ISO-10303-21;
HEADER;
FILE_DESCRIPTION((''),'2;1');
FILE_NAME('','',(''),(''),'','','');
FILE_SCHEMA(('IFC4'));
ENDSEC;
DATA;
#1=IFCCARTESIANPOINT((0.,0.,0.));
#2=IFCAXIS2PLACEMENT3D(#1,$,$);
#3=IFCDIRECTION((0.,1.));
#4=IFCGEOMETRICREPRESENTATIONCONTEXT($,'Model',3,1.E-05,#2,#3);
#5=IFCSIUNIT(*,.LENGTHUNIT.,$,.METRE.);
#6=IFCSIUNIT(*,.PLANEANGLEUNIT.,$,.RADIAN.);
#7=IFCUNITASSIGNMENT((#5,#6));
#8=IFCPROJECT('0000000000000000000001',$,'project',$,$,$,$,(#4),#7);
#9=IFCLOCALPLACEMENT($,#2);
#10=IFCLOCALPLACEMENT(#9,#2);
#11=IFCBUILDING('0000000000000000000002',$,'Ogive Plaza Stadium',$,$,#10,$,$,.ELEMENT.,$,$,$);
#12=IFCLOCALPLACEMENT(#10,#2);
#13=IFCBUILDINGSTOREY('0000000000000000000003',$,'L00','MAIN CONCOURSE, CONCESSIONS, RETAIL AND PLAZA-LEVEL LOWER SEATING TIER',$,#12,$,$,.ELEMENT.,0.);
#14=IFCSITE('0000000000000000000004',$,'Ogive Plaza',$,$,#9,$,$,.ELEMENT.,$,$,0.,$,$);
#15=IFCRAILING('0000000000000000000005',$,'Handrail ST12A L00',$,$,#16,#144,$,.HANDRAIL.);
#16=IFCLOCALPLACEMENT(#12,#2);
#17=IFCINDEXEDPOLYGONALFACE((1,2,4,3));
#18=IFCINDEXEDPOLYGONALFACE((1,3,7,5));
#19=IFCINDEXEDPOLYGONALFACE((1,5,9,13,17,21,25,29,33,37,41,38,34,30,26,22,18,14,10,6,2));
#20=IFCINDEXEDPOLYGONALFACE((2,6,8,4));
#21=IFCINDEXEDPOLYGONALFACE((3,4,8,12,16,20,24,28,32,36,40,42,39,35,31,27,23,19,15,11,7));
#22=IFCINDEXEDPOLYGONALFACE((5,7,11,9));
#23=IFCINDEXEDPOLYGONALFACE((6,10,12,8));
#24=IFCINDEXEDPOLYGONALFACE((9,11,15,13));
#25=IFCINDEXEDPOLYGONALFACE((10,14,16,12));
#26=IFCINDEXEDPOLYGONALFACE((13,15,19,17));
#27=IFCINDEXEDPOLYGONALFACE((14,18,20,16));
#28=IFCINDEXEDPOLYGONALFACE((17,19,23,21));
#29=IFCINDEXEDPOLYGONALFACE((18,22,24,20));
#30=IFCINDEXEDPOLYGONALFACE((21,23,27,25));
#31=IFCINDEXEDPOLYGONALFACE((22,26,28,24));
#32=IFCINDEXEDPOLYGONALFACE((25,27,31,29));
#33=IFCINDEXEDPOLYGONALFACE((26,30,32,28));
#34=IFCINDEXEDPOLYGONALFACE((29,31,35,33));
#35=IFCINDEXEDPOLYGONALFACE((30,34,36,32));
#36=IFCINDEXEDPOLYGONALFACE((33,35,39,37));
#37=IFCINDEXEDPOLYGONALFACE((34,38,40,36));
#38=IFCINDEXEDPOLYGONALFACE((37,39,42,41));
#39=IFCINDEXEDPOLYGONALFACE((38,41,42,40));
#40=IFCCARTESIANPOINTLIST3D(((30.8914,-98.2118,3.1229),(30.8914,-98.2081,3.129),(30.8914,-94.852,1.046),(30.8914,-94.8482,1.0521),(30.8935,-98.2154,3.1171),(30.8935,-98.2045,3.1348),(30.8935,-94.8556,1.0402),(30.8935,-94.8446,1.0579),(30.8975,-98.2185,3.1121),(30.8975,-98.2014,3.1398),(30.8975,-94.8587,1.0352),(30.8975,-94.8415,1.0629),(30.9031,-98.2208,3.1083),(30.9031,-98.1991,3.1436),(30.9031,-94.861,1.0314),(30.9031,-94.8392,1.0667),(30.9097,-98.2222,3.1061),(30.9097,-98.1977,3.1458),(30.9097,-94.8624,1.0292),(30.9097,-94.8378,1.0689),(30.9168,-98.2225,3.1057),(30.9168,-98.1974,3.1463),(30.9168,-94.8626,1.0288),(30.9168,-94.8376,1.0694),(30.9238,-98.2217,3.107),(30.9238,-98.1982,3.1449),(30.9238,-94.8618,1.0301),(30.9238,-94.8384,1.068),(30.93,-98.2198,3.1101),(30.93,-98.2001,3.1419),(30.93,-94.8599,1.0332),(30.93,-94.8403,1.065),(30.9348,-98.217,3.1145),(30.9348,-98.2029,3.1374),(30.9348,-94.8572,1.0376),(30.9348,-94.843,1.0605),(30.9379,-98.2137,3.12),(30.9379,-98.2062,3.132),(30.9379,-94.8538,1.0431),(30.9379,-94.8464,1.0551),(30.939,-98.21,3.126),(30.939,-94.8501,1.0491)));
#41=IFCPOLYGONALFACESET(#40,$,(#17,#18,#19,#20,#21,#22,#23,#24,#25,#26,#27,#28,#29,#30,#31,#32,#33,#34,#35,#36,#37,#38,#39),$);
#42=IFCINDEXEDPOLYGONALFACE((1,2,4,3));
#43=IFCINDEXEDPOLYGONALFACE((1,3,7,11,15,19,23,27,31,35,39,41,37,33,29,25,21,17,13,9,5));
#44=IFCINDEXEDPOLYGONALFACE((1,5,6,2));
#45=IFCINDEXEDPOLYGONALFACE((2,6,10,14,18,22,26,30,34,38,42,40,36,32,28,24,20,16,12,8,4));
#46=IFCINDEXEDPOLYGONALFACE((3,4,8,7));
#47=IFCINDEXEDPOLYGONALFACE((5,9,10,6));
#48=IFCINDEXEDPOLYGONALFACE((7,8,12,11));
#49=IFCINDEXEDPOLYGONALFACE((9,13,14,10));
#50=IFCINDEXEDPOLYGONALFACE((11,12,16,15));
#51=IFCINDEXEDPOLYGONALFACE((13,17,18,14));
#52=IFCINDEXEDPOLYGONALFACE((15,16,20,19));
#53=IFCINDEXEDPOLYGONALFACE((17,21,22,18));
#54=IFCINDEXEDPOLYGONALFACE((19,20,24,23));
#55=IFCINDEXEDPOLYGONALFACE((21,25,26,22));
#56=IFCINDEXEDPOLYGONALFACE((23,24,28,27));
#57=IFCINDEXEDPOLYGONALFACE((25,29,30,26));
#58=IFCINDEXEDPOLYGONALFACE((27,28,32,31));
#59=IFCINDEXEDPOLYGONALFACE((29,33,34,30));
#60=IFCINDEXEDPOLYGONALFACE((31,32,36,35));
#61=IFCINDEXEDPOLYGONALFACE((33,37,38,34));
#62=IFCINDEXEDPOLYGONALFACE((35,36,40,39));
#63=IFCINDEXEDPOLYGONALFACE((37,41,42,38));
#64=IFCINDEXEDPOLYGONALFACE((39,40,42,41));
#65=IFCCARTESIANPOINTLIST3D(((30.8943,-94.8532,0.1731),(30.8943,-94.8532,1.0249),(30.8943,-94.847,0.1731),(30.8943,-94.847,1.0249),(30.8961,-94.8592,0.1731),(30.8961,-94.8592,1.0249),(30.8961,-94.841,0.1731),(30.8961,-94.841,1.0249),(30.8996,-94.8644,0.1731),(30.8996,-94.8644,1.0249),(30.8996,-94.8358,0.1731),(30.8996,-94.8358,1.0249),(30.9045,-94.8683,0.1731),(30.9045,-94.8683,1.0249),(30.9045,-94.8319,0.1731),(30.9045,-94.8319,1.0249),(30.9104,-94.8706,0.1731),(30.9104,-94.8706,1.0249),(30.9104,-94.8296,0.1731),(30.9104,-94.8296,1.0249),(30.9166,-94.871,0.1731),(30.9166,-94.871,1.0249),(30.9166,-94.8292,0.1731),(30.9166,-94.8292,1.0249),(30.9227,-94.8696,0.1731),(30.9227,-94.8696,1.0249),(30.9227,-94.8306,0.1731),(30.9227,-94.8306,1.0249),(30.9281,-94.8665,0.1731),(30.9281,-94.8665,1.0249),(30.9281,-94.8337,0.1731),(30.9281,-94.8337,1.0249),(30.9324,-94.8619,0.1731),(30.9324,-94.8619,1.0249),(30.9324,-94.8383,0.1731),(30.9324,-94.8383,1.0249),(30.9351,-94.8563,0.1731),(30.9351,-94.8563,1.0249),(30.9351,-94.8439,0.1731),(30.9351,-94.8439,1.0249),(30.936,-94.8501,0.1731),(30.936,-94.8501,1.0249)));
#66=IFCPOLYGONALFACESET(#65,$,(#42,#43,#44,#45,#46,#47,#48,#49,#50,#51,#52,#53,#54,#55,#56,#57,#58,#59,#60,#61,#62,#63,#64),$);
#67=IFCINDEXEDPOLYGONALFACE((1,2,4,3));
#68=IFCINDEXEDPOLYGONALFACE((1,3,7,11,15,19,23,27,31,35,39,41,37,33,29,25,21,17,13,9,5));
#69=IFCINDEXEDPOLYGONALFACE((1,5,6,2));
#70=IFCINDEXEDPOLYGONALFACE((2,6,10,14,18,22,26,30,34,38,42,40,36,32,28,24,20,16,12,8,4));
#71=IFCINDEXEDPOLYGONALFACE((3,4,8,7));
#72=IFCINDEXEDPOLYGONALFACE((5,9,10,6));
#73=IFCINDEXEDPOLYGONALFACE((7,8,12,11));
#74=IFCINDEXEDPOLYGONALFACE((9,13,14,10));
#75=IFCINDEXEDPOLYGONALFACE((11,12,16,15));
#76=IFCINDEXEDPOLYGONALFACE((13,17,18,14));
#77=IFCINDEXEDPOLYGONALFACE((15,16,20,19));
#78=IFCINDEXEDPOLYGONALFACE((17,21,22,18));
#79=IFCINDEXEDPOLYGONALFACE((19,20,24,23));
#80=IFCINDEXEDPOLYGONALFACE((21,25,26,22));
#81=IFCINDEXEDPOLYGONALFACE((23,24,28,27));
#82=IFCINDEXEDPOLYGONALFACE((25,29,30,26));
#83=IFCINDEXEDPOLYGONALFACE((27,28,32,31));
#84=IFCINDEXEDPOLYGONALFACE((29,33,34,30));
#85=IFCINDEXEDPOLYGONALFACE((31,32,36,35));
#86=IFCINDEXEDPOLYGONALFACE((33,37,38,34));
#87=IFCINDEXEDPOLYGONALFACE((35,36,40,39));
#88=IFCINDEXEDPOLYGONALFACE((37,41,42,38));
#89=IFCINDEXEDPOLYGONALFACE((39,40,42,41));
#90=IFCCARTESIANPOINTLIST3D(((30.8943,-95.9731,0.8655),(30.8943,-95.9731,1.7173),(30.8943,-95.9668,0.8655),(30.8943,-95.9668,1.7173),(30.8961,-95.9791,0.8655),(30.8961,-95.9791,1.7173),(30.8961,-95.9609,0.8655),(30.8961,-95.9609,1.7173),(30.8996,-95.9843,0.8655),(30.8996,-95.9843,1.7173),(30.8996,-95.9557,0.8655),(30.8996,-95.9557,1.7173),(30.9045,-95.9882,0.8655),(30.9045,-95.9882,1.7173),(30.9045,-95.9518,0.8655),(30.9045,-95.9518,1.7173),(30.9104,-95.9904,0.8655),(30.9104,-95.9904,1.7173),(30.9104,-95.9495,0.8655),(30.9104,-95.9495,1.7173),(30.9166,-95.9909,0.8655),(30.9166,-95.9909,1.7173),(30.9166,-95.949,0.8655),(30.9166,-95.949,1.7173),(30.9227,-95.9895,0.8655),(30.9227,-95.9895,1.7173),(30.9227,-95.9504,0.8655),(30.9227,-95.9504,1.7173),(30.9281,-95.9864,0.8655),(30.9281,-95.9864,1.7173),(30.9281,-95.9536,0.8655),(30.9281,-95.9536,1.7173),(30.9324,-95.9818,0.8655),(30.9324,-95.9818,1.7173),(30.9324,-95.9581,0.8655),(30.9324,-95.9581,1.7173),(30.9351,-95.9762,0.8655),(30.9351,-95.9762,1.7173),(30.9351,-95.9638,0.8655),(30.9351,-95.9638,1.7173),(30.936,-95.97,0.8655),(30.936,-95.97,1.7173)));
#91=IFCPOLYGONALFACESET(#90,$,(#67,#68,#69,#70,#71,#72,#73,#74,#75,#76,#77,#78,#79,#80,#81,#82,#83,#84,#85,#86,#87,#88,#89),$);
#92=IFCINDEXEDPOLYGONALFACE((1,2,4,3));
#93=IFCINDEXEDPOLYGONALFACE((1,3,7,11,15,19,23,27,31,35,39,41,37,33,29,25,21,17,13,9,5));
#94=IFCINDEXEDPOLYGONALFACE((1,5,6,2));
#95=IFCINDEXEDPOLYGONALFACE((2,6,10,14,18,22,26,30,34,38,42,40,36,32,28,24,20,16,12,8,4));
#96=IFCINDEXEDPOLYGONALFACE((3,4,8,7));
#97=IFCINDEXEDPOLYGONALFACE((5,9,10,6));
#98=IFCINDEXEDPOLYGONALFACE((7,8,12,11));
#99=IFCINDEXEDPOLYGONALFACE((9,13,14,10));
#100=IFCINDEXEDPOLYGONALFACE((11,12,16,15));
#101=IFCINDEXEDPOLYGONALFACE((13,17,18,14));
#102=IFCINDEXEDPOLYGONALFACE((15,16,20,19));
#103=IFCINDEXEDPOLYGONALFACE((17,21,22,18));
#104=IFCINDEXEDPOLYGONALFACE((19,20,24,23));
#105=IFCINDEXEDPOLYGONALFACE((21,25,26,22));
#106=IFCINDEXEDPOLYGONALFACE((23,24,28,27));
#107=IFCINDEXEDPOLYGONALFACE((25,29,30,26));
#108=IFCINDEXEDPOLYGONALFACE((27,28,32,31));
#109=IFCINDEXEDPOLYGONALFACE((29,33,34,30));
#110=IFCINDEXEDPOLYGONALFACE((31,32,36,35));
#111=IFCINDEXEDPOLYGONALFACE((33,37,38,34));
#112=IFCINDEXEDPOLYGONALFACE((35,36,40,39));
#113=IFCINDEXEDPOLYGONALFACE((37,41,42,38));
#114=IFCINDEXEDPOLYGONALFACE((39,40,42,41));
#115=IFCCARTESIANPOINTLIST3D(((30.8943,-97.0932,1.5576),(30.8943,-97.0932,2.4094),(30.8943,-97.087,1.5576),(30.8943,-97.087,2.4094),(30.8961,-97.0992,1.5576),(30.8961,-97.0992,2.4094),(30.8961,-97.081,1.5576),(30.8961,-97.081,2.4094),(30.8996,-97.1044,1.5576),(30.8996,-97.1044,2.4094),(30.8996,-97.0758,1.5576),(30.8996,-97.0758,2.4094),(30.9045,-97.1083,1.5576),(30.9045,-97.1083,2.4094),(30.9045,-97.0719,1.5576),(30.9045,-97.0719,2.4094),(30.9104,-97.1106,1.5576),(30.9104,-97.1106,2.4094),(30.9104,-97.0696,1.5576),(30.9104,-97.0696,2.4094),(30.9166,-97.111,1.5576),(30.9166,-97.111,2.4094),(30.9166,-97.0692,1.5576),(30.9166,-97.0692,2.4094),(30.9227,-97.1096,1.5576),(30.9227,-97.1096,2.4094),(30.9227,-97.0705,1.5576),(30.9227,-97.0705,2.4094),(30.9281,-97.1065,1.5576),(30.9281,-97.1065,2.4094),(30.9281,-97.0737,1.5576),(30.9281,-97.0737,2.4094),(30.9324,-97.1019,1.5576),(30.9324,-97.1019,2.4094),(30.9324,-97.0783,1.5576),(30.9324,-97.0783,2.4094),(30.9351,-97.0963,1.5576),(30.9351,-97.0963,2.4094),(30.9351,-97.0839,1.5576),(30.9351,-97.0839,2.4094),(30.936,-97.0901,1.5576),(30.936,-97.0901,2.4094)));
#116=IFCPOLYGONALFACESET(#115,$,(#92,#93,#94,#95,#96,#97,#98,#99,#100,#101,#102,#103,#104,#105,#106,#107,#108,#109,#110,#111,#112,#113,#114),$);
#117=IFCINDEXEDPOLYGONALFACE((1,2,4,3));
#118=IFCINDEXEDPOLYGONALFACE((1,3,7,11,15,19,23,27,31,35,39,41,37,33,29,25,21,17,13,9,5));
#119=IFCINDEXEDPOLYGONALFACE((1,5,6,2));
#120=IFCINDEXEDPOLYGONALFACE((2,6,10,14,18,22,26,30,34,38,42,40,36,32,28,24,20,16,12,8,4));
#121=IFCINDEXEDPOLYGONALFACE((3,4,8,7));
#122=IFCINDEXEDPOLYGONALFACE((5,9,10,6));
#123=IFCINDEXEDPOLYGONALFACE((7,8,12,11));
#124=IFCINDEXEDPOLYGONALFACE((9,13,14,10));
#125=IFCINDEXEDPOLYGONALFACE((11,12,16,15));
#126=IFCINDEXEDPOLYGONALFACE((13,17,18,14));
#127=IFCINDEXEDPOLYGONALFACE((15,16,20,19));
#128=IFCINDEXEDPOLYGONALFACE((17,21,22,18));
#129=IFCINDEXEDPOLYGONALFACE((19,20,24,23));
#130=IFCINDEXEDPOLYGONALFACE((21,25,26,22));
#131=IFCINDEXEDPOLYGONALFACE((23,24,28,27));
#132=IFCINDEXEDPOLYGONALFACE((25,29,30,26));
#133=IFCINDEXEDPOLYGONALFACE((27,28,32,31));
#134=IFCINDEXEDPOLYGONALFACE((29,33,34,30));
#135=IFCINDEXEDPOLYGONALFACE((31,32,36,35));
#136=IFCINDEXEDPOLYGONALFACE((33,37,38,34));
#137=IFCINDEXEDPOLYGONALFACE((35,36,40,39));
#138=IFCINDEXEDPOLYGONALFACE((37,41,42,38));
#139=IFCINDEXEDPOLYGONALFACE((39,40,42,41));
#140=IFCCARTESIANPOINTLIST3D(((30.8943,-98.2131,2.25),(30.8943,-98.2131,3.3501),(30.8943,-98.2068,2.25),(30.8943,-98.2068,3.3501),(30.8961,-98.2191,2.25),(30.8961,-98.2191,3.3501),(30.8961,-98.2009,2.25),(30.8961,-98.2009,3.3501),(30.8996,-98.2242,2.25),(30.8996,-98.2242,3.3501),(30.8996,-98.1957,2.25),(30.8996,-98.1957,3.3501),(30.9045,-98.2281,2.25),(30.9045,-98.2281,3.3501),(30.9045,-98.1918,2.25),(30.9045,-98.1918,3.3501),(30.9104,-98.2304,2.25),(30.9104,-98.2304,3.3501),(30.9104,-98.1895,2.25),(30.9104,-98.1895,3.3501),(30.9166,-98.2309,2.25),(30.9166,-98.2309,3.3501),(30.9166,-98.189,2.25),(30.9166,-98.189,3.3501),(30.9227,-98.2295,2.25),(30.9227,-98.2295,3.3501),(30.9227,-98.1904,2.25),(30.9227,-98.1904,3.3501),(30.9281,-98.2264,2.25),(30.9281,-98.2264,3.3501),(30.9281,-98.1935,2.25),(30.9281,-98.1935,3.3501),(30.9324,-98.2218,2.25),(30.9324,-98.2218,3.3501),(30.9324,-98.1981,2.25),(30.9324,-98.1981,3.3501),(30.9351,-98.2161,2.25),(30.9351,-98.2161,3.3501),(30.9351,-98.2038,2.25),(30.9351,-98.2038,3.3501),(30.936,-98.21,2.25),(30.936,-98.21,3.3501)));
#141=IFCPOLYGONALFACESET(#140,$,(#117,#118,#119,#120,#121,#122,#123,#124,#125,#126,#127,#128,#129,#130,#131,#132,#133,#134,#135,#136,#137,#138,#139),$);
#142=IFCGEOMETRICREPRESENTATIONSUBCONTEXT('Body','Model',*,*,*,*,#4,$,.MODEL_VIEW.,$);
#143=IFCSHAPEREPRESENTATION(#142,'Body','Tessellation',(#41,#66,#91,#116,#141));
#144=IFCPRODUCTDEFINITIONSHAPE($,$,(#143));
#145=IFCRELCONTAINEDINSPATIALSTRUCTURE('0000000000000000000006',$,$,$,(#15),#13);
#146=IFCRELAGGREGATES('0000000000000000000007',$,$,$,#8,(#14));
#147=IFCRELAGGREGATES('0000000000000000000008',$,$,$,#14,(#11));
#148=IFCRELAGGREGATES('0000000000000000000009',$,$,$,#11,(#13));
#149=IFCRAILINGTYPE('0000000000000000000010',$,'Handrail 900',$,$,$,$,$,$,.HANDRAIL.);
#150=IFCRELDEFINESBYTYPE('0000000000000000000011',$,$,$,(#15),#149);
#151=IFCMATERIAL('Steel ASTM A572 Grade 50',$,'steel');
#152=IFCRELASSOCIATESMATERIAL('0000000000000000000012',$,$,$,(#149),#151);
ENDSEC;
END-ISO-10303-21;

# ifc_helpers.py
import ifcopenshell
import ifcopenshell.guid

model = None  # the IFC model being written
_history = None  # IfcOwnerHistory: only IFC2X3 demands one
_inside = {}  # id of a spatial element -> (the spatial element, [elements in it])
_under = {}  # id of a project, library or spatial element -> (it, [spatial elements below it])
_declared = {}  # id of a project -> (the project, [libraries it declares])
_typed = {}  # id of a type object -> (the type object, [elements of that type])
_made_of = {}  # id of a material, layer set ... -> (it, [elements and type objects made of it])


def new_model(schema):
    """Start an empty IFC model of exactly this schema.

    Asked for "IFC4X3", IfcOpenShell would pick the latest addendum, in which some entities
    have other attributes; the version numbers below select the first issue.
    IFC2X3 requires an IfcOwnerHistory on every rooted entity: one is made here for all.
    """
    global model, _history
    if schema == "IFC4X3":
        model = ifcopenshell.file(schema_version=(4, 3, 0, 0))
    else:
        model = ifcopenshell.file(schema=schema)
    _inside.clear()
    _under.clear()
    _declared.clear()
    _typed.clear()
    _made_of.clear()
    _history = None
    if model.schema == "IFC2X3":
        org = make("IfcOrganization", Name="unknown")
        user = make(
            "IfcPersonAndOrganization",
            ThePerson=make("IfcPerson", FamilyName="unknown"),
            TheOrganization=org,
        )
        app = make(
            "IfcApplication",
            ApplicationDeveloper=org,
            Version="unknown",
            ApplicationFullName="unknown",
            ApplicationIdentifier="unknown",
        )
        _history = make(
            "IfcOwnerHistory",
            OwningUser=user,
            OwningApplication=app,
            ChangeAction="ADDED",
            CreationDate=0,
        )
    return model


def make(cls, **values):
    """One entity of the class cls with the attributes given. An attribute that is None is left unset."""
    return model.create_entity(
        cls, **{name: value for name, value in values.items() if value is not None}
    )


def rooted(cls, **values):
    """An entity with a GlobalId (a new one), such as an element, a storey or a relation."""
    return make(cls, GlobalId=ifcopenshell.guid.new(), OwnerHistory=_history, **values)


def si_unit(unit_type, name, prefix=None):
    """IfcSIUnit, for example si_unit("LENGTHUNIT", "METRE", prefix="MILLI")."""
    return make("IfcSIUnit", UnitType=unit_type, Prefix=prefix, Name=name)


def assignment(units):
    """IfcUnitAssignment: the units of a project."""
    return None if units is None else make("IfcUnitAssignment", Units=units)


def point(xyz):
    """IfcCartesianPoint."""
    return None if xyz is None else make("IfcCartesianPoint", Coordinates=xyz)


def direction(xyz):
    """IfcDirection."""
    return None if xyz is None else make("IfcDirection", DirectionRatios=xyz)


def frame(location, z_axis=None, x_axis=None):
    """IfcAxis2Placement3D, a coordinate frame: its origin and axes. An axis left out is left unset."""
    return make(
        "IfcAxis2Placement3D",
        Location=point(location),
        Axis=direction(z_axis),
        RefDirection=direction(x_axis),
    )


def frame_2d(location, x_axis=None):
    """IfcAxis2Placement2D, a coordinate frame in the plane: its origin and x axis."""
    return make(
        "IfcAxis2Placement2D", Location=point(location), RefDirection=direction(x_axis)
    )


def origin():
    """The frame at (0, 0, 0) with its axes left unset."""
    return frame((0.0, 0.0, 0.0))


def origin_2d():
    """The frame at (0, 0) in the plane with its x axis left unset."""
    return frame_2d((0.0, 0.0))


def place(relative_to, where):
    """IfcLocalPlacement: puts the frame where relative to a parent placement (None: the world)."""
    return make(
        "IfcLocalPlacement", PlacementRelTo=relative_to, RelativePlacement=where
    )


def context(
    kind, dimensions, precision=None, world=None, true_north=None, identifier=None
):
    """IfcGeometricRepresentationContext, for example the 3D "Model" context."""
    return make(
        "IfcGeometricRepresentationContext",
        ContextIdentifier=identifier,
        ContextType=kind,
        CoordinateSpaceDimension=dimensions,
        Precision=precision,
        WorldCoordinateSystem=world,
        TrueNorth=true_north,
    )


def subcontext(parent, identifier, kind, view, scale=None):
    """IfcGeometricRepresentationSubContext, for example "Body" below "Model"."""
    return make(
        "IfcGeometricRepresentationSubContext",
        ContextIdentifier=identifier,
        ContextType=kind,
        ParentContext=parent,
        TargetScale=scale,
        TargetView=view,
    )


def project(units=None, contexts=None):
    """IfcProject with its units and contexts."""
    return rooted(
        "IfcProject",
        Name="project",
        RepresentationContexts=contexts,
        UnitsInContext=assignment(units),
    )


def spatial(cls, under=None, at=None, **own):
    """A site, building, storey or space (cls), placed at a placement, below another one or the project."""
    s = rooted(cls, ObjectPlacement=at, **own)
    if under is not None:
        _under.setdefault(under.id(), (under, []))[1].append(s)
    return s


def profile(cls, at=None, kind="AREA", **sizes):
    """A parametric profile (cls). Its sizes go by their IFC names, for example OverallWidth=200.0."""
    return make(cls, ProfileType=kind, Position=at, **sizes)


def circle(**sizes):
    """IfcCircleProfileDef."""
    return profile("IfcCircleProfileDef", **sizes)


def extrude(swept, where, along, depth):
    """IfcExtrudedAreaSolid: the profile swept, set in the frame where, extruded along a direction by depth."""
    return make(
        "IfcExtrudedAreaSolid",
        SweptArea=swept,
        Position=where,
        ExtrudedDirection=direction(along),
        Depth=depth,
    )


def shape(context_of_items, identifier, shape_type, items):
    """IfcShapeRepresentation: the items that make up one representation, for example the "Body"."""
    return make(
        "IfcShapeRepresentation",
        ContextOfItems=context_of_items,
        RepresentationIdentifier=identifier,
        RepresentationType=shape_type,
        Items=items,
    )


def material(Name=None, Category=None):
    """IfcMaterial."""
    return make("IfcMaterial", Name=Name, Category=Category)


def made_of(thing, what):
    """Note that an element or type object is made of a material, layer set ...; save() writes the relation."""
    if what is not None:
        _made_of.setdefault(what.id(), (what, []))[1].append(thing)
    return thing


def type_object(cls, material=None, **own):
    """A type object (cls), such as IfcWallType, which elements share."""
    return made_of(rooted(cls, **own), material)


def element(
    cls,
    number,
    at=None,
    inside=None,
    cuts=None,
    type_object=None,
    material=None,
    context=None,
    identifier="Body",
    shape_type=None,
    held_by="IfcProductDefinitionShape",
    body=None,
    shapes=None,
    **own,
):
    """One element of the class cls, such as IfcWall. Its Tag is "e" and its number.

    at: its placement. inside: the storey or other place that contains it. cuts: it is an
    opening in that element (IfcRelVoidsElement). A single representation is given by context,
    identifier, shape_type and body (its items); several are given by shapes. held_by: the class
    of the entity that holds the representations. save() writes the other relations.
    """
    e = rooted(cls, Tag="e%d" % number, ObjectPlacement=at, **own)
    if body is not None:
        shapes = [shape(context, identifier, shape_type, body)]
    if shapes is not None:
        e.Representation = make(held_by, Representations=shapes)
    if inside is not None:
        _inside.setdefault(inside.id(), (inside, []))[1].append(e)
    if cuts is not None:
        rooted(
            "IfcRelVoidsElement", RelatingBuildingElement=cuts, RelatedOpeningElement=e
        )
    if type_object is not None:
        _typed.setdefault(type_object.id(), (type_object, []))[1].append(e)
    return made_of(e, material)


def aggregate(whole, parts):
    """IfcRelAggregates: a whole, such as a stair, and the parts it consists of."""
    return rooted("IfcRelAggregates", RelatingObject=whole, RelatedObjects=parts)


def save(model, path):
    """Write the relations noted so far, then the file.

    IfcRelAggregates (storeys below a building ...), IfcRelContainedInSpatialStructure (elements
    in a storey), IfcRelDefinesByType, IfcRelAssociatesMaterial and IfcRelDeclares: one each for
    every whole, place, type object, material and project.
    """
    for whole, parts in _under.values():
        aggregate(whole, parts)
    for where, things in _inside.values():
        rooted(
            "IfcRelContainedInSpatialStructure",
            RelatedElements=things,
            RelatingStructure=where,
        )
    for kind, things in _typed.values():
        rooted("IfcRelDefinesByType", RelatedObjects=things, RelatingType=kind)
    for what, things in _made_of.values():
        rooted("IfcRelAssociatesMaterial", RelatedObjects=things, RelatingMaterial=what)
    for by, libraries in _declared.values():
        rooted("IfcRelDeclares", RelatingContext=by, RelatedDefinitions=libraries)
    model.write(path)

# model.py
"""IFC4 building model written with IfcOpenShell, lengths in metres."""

from ifc_helpers import new_model, si_unit, direction, frame, origin, origin_2d, place, context, subcontext, project, spatial, circle, extrude, material, type_object, element, save


model = new_model("IFC4")

# Units and contexts
model_context = context("Model", 3, precision=1e-05, world=origin(), true_north=direction((0.0, 1.0)))
body_context = subcontext(model_context, "Body", "Model", "MODEL_VIEW")
ifc_project = project(units=[si_unit("LENGTHUNIT", "METRE"), si_unit("PLANEANGLEUNIT", "RADIAN")], contexts=[model_context])

# Site, building, storey
site_placement = place(None, origin())
site = spatial("IfcSite", under=ifc_project, at=site_placement, Name="Ogive Plaza", CompositionType="ELEMENT", RefElevation=0.0)
building_placement = place(site_placement, origin())
building = spatial("IfcBuilding", under=site, at=building_placement, Name="Ogive Plaza Stadium", CompositionType="ELEMENT")
storey_placement = place(building_placement, origin())
storey = spatial("IfcBuildingStorey", under=building, at=storey_placement, Name="L00", Description="MAIN CONCOURSE, CONCESSIONS, RETAIL AND PLAZA-LEVEL LOWER SEATING TIER", CompositionType="ELEMENT", Elevation=0.0)

# Railing
ifc_material_1 = material(Name="Steel ASTM A572 Grade 50", Category="steel")
railing_type_1 = type_object("IfcRailingType", Name="Handrail 900", PredefinedType="HANDRAIL", material=ifc_material_1)
for number, where, name in (
    (1, (30.915, -94.8501, 0.1731), "Handrail ST12A L00"),
):
    element("IfcRailing", number, at=place(storey_placement, frame(where)), inside=storey, type_object=railing_type_1, Name=name, PredefinedType="HANDRAIL", context=body_context, shape_type="SweptSolid", body=[
        extrude(circle(Radius=0.0239, at=origin_2d()), frame((0.0, 0.0, 0.876), z_axis=(0.0, -0.850606, 0.525803), x_axis=(1.0, 0.0, 0.0)), (0.0, 0.0, 1.0), 3.95),
        extrude(circle(Radius=0.021, at=origin_2d()), origin(), (0.0, 0.0, 1.0), 0.8518),
        extrude(circle(Radius=0.021, at=origin_2d()), frame((0.0, -1.1199, 0.6924)), (0.0, 0.0, 1.0), 0.8518),
        extrude(circle(Radius=0.021, at=origin_2d()), frame((0.0, -2.24, 1.3845)), (0.0, 0.0, 1.0), 0.8518),
        extrude(circle(Radius=0.021, at=origin_2d()), frame((0.0, -3.3599, 2.0769)), (0.0, 0.0, 1.0), 1.1001),
    ])

save(model, "model.ifc")
